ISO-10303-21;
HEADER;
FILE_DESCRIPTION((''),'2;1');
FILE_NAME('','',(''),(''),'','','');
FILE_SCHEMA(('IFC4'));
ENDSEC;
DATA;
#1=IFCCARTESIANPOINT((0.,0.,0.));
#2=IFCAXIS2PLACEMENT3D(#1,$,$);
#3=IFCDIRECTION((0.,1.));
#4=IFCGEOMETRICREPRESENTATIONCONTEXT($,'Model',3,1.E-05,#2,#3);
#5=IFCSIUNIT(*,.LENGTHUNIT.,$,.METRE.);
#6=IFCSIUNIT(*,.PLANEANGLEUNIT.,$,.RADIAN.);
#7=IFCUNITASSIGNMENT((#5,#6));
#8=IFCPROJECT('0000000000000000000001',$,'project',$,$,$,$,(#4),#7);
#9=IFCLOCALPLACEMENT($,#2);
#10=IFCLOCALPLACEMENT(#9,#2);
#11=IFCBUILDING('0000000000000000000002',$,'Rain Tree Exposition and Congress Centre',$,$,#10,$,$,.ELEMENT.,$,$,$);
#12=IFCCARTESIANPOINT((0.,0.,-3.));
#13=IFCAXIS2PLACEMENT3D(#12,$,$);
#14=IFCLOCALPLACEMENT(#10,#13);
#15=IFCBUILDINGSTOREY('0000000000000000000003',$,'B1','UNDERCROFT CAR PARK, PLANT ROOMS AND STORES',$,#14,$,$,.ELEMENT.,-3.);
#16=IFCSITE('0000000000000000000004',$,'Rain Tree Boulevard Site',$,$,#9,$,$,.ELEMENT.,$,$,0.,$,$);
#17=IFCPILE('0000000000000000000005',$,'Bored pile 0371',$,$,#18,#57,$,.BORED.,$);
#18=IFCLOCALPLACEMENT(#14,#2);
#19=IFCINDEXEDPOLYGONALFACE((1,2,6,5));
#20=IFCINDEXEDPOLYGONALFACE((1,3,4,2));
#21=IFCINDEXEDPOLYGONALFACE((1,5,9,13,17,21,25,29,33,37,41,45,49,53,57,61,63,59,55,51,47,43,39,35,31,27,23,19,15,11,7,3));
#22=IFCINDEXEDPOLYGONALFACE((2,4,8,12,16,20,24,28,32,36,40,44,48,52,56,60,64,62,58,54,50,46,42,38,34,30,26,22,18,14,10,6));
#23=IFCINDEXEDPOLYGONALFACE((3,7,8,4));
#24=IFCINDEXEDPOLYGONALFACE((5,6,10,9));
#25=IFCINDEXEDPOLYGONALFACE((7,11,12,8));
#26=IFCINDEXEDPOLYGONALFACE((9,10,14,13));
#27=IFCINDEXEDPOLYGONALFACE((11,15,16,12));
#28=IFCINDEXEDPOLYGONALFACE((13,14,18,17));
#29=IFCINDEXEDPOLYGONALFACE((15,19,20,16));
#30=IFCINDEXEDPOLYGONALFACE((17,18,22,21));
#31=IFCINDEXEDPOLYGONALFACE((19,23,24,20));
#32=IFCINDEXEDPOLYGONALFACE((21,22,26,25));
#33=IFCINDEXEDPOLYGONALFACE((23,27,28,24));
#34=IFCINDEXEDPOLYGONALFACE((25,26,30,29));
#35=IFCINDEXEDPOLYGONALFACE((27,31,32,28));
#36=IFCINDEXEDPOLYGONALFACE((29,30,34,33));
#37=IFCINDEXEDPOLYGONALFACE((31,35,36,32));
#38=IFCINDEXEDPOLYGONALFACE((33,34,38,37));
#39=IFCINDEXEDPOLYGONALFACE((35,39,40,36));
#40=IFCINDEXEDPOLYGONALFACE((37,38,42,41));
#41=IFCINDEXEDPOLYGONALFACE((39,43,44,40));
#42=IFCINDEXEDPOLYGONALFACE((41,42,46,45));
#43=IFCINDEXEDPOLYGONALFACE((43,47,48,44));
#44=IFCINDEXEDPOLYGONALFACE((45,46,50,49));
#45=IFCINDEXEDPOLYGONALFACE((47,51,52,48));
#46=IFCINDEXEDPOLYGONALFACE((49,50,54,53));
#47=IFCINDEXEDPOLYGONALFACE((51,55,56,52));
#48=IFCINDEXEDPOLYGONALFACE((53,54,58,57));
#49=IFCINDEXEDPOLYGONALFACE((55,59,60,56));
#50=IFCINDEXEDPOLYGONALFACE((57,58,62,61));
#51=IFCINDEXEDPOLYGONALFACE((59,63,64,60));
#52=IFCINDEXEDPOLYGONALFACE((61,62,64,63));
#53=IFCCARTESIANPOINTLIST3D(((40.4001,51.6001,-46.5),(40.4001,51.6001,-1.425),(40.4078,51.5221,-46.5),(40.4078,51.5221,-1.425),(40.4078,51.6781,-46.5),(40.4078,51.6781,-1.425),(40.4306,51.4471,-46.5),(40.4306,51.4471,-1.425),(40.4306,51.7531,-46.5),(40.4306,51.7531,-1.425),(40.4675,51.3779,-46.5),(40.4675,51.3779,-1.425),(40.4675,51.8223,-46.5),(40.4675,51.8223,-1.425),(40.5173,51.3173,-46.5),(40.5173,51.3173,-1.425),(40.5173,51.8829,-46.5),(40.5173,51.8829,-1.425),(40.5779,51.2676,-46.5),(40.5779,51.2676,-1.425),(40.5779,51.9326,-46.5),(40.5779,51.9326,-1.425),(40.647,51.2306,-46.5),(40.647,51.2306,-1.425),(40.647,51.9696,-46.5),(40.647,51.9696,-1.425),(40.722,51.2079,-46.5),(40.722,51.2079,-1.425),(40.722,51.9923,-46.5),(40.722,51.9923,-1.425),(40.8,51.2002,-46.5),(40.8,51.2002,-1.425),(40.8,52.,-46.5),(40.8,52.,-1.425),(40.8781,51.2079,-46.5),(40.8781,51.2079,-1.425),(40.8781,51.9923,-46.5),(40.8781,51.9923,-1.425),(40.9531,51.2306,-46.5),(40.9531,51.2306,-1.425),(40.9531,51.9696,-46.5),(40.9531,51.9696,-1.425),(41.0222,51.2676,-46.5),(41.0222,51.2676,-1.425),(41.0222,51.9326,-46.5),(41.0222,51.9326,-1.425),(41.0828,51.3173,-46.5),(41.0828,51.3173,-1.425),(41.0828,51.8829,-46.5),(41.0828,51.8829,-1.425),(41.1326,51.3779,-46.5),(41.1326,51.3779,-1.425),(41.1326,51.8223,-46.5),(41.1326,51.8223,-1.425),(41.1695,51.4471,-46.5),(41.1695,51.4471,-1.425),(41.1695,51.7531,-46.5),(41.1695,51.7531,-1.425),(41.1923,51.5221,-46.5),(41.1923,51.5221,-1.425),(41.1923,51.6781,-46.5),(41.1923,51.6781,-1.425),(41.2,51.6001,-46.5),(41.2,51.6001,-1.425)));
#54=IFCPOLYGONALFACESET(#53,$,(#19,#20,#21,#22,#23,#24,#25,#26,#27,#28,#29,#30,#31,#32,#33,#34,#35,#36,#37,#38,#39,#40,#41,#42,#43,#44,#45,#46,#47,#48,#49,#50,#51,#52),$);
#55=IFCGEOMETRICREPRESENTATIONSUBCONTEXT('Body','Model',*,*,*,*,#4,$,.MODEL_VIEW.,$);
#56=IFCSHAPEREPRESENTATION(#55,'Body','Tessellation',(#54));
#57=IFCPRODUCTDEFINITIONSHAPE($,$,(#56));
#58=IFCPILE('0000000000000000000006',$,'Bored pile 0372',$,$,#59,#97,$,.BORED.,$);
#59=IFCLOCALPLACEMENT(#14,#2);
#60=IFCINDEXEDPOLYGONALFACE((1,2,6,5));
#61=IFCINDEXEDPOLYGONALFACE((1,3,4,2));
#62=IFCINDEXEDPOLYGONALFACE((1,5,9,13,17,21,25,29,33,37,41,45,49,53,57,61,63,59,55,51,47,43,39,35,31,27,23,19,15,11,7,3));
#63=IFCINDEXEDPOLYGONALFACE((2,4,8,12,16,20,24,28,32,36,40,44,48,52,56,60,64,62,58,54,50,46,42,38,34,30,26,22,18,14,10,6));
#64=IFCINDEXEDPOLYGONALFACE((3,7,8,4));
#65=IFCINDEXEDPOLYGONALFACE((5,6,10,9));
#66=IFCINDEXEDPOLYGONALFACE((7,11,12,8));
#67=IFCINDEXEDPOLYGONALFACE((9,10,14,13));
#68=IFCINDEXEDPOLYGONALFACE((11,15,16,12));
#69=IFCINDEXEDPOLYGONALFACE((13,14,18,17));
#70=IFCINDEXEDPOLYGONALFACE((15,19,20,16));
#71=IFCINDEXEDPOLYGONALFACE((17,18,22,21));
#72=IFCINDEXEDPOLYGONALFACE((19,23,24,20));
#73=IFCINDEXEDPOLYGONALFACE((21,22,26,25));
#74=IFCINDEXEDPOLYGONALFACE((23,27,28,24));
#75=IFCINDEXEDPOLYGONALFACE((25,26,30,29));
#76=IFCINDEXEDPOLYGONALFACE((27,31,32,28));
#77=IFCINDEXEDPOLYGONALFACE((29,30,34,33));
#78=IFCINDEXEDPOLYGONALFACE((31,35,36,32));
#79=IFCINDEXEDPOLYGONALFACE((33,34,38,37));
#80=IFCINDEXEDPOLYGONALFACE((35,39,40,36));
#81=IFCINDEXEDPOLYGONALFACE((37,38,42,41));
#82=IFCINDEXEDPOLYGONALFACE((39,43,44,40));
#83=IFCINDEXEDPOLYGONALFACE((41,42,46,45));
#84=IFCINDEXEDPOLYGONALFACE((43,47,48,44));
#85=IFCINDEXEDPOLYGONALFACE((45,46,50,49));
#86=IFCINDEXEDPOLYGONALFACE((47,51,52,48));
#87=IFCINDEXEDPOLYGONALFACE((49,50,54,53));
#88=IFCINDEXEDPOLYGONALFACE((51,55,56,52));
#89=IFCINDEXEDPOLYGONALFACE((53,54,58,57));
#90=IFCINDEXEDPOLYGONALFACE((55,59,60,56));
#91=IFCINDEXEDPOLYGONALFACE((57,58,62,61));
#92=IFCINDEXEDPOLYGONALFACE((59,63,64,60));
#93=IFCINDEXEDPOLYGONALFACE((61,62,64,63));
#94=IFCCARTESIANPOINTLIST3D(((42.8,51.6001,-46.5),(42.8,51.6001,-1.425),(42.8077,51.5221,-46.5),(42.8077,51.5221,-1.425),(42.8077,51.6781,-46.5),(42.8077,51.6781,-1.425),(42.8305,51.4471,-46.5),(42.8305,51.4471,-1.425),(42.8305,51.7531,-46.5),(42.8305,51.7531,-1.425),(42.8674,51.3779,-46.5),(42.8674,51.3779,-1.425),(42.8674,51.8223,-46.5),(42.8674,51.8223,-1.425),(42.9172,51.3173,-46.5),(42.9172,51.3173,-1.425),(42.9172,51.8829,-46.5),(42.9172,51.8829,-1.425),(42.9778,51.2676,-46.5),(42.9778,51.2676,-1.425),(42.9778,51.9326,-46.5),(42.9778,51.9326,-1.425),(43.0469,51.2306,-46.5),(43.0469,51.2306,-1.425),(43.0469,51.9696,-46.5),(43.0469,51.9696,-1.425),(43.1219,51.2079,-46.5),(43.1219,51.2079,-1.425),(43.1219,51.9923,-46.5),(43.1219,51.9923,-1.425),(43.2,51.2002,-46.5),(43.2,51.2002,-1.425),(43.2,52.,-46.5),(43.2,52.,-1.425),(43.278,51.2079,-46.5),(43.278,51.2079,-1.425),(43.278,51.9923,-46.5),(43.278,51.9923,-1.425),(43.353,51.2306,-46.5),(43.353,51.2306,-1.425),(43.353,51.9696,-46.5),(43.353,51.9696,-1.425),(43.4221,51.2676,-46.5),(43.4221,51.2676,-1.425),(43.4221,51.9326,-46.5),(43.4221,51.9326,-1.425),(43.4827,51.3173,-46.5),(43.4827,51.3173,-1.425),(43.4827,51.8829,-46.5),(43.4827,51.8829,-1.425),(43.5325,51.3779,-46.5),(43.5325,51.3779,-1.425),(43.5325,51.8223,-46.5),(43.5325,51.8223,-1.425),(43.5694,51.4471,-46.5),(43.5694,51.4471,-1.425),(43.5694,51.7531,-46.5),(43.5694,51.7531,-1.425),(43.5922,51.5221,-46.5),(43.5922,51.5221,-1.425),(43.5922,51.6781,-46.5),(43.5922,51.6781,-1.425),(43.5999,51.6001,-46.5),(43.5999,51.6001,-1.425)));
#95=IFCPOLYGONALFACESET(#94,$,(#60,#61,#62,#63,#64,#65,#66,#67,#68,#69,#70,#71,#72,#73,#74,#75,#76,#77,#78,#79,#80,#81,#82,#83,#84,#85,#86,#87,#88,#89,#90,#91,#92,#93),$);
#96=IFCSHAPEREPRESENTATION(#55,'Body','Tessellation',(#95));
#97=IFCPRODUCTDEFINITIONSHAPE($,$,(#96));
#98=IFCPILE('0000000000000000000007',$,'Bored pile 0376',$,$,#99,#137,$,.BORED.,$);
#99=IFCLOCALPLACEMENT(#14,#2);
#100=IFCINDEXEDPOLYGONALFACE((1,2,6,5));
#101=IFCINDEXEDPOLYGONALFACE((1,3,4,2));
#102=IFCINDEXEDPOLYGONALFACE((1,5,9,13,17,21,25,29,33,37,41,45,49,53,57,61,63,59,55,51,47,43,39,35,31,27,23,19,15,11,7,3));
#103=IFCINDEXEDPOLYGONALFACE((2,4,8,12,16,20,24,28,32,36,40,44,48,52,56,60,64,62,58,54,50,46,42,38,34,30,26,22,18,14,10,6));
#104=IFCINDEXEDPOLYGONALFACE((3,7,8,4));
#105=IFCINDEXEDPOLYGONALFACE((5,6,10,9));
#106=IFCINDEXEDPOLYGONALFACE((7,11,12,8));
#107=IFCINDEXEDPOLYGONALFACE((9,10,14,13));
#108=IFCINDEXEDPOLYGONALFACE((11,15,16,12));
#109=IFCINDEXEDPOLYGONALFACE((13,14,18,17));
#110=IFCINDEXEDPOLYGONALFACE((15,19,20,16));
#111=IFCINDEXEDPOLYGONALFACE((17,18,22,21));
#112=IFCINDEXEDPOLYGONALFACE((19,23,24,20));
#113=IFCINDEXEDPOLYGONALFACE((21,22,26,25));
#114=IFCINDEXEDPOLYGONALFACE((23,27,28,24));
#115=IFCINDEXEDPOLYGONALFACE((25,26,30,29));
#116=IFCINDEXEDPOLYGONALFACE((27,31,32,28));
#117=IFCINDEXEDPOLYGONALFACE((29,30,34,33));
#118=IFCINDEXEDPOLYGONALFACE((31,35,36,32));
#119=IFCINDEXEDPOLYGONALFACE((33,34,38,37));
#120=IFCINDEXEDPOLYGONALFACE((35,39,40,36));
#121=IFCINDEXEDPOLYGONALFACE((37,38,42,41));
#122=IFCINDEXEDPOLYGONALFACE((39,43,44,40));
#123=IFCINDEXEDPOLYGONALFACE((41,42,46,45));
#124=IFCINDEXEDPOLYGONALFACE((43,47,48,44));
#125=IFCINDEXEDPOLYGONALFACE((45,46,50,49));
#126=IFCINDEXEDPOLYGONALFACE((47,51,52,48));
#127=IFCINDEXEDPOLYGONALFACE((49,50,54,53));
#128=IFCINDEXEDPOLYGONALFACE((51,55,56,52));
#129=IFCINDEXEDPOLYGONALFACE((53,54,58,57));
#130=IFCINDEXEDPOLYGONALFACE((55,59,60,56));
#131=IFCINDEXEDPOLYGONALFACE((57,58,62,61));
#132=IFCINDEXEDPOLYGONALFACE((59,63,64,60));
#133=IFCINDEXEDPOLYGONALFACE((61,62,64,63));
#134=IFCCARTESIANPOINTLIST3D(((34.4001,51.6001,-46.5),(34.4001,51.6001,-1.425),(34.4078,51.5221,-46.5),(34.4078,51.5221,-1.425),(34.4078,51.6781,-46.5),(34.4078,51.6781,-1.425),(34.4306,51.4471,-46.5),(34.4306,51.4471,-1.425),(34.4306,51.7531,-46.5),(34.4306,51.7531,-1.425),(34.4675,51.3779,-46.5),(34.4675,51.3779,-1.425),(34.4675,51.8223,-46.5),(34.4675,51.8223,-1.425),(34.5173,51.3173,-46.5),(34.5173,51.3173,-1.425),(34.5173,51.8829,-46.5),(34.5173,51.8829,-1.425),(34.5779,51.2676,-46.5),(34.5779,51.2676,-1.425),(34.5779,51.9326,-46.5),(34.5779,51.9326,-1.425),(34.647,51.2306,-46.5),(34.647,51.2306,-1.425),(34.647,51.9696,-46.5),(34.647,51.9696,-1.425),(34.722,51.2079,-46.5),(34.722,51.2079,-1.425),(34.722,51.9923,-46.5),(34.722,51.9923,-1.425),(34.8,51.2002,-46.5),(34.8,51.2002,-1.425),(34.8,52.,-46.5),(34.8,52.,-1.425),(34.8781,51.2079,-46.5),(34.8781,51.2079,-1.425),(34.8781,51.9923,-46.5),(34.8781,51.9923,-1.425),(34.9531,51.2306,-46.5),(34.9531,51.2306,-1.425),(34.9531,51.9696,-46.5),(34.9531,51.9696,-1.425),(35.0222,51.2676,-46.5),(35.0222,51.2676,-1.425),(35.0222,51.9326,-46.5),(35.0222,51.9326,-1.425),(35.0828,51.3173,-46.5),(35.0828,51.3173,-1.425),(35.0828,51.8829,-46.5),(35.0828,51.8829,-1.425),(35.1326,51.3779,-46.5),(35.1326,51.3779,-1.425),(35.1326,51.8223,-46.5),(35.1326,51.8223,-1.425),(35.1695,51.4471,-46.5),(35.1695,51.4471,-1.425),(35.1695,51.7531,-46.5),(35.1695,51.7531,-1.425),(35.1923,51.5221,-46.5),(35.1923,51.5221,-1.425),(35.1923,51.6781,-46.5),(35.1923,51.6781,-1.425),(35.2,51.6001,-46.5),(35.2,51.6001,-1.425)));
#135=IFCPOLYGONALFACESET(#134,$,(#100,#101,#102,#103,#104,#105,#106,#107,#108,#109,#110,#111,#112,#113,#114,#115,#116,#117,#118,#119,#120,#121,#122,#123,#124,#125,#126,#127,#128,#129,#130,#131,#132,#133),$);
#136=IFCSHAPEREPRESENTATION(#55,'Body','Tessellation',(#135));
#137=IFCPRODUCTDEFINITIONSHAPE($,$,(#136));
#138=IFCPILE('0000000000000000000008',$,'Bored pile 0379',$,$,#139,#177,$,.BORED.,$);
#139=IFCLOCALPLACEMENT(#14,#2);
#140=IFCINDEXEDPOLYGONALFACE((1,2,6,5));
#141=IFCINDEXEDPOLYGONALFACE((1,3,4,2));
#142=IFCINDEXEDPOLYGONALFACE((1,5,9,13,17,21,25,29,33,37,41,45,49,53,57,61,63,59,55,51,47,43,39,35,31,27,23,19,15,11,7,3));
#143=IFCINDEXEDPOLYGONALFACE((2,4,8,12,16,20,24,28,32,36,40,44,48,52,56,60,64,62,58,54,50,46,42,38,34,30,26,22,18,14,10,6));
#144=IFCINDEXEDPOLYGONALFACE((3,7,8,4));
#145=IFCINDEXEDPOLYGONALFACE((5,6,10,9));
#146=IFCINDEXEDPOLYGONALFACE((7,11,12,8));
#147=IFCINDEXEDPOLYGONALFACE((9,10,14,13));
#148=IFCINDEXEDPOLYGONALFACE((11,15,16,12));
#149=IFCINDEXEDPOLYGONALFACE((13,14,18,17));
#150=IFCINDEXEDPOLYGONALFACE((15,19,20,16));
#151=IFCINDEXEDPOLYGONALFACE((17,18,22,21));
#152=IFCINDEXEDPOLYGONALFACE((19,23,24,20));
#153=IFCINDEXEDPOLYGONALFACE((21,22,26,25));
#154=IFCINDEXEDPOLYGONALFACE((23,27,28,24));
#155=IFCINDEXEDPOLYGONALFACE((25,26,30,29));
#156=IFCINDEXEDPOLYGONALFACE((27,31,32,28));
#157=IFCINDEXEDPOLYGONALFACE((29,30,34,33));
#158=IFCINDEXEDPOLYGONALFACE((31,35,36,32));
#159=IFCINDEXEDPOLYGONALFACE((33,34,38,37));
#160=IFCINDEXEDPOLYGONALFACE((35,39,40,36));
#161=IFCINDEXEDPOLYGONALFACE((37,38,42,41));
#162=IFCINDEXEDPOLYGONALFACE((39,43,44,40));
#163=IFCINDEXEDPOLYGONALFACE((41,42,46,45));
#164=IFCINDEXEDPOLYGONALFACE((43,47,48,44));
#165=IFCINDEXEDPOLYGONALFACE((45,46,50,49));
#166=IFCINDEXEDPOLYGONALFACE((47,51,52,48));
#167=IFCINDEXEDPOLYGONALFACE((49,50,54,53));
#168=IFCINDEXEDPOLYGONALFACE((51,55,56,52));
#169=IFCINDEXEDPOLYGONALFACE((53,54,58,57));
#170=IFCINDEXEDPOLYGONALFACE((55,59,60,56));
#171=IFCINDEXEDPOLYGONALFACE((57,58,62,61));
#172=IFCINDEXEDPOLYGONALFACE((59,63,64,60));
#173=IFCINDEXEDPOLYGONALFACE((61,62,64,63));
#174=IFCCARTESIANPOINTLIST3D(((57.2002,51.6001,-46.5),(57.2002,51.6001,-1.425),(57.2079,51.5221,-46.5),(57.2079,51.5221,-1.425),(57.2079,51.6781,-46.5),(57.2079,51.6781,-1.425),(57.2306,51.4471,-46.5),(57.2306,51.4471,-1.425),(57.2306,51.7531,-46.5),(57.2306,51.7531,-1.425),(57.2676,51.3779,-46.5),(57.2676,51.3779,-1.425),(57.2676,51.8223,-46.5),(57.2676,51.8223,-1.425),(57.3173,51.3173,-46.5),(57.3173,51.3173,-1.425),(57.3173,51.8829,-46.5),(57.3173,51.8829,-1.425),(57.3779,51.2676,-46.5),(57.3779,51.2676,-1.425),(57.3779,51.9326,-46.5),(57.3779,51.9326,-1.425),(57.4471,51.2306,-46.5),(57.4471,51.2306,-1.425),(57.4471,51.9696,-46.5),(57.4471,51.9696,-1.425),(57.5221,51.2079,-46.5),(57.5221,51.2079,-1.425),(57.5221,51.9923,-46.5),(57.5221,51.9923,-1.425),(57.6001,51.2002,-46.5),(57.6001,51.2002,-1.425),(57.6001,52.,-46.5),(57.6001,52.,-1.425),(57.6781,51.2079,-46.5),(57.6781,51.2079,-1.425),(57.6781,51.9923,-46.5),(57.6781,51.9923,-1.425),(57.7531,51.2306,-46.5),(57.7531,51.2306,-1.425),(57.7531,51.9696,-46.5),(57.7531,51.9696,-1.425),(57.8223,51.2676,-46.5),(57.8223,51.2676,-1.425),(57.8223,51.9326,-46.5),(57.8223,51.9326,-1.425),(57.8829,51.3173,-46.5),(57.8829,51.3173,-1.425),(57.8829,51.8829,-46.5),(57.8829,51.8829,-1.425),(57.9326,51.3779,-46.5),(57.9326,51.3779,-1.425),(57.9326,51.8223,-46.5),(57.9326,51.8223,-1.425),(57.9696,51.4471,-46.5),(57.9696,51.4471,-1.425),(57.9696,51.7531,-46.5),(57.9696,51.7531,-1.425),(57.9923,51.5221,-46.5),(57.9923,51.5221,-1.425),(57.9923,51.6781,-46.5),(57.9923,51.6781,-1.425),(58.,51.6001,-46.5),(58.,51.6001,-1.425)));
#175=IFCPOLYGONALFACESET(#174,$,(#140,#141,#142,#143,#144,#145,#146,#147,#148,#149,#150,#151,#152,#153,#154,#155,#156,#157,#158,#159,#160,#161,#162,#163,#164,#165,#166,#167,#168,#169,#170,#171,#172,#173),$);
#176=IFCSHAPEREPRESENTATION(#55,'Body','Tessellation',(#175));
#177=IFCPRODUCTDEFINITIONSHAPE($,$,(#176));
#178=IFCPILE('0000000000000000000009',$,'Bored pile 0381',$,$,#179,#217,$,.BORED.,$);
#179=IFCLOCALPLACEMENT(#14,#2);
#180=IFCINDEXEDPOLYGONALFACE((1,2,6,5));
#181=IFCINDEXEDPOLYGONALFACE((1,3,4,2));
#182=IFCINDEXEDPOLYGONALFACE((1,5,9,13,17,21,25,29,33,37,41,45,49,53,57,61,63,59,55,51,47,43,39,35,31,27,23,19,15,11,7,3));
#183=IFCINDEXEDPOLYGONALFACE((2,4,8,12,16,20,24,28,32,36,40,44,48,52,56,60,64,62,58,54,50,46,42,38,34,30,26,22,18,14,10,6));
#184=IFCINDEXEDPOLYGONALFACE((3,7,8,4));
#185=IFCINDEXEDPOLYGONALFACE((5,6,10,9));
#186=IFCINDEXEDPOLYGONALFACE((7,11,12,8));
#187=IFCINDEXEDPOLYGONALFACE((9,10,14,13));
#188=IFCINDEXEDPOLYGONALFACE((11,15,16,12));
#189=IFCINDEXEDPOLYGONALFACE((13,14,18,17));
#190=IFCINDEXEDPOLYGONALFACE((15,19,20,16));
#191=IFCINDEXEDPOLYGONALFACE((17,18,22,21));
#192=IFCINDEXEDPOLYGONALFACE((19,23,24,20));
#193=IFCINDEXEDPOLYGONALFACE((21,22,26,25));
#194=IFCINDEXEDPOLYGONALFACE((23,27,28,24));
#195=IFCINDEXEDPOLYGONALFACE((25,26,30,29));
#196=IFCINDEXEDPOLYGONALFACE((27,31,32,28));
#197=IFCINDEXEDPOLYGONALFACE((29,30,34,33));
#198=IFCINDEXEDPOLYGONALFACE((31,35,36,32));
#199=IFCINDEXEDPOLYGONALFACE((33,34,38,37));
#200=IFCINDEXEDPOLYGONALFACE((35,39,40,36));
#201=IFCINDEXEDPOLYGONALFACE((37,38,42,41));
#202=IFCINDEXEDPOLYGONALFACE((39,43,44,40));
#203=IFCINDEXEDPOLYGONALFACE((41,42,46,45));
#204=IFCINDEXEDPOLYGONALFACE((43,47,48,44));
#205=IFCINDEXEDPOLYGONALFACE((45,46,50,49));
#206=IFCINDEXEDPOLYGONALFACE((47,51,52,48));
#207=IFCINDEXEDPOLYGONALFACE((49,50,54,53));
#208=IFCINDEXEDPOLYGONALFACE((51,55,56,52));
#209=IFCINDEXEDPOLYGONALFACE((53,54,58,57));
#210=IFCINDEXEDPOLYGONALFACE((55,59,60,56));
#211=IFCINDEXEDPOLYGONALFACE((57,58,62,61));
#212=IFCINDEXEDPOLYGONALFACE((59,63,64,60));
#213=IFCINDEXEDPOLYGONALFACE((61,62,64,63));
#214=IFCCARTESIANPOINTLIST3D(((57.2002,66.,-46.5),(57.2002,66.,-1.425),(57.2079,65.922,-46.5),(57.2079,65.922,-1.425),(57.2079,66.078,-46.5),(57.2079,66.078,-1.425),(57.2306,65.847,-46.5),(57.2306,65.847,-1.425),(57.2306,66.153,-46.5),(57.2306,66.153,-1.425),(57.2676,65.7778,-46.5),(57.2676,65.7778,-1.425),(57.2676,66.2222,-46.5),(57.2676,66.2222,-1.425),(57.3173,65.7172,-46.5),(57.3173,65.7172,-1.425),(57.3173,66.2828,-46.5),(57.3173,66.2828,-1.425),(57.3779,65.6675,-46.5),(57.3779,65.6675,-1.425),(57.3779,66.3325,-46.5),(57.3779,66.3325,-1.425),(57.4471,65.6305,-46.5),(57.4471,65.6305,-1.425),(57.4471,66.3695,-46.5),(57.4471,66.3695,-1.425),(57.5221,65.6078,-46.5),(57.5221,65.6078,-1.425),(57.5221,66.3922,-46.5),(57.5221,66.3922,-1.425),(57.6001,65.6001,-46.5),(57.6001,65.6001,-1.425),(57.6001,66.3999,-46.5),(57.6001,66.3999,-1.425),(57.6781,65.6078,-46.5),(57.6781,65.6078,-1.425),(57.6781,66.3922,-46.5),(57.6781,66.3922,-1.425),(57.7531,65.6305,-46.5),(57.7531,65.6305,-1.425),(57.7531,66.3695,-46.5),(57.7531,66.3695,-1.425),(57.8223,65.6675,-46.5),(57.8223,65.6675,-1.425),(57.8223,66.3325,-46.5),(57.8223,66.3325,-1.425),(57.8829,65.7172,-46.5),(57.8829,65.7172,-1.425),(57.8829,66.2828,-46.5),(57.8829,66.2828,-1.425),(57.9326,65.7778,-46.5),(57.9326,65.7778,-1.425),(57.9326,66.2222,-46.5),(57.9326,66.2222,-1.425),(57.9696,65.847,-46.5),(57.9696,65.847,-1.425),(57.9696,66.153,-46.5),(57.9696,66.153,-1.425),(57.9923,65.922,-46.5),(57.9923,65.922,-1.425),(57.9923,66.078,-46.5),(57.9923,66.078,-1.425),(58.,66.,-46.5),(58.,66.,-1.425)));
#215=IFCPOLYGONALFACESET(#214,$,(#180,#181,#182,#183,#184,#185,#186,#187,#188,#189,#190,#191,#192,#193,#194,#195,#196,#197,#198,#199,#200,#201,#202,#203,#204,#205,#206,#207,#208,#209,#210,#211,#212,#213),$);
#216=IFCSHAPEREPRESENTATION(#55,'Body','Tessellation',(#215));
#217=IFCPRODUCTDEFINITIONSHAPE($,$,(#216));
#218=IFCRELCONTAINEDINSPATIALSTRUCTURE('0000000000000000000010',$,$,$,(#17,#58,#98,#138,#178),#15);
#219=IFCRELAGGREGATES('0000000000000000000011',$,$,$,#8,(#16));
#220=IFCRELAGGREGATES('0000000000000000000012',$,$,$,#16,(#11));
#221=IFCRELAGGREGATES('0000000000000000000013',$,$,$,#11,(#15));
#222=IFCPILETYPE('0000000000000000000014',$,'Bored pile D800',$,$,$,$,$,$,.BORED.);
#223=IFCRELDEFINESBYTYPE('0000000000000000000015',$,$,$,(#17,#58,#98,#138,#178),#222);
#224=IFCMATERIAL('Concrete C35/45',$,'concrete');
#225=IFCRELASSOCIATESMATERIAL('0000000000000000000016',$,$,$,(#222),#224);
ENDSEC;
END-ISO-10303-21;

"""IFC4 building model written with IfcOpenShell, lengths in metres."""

from ifc_helpers import new_model, si_unit, direction, frame, origin, origin_2d, place, context, subcontext, project, spatial, circle, extrude, material, material_profile, profile_set, type_object, element, save


model = new_model("IFC4")

# Units and contexts
model_context = context("Model", 3, precision=1e-05, world=origin(), true_north=direction((0.0, 1.0)))
body_context = subcontext(model_context, "Body", "Model", "MODEL_VIEW")
ifc_project = project(units=[si_unit("LENGTHUNIT", "METRE"), si_unit("PLANEANGLEUNIT", "RADIAN")], contexts=[model_context])

# Site, building, storey
site_placement = place(None, origin())
site = spatial("IfcSite", under=ifc_project, at=site_placement, Name="Rain Tree Boulevard Site", CompositionType="ELEMENT", RefElevation=0.0)
building_placement = place(site_placement, origin())
building = spatial("IfcBuilding", under=site, at=building_placement, Name="Rain Tree Exposition and Congress Centre", CompositionType="ELEMENT")
storey_placement = place(building_placement, frame((0.0, 0.0, -3.0)))
storey = spatial("IfcBuildingStorey", under=building, at=storey_placement, Name="B1", Description="UNDERCROFT CAR PARK, PLANT ROOMS AND STORES", CompositionType="ELEMENT", Elevation=-3.0)

# Piles
ifc_material_1 = material(Name="Concrete C35/45", Category="concrete")
ifc_material_profile_1 = material_profile(ifc_material_1, circle(Radius=0.3999, at=origin_2d()), Name="D800")
ifc_profile_set_1 = profile_set([ifc_material_profile_1], Name="Concrete C35/45")
pile_type = type_object("IfcPileType", Name="Bored pile D800", PredefinedType="BORED", material=ifc_profile_set_1)
for number, where, z_axis, x_axis, name in (
    (1, (40.8, 51.6001, -1.425), (0.0, 0.0, -1.0), (1.0, 0.0, 0.0), "Bored pile 0371"),
    (2, (43.2, 51.6001, -1.425), (0.0, 0.0, -1.0), (1.0, 0.0, 0.0), "Bored pile 0372"),
    (3, (34.8, 51.6001, -1.425), (0.0, 0.0, -1.0), (1.0, 0.0, 0.0), "Bored pile 0376"),
    (4, (57.6001, 51.6001, -1.425), (0.0, 0.0, -1.0), (1.0, 0.0, 0.0), "Bored pile 0379"),
    (5, (57.6001, 66.0, -1.425), (0.0, 0.0, -1.0), (1.0, 0.0, 0.0), "Bored pile 0381"),
):
    element("IfcPile", number, at=place(storey_placement, frame(where, z_axis=z_axis, x_axis=x_axis)), inside=storey, type_object=pile_type, Name=name, PredefinedType="BORED", context=body_context, shape_type="SweptSolid", body=[
        extrude(circle(Radius=0.3999, at=origin_2d()), origin(), (0.0, 0.0, 1.0), 45.075),
    ])

save(model, "model.ifc")
